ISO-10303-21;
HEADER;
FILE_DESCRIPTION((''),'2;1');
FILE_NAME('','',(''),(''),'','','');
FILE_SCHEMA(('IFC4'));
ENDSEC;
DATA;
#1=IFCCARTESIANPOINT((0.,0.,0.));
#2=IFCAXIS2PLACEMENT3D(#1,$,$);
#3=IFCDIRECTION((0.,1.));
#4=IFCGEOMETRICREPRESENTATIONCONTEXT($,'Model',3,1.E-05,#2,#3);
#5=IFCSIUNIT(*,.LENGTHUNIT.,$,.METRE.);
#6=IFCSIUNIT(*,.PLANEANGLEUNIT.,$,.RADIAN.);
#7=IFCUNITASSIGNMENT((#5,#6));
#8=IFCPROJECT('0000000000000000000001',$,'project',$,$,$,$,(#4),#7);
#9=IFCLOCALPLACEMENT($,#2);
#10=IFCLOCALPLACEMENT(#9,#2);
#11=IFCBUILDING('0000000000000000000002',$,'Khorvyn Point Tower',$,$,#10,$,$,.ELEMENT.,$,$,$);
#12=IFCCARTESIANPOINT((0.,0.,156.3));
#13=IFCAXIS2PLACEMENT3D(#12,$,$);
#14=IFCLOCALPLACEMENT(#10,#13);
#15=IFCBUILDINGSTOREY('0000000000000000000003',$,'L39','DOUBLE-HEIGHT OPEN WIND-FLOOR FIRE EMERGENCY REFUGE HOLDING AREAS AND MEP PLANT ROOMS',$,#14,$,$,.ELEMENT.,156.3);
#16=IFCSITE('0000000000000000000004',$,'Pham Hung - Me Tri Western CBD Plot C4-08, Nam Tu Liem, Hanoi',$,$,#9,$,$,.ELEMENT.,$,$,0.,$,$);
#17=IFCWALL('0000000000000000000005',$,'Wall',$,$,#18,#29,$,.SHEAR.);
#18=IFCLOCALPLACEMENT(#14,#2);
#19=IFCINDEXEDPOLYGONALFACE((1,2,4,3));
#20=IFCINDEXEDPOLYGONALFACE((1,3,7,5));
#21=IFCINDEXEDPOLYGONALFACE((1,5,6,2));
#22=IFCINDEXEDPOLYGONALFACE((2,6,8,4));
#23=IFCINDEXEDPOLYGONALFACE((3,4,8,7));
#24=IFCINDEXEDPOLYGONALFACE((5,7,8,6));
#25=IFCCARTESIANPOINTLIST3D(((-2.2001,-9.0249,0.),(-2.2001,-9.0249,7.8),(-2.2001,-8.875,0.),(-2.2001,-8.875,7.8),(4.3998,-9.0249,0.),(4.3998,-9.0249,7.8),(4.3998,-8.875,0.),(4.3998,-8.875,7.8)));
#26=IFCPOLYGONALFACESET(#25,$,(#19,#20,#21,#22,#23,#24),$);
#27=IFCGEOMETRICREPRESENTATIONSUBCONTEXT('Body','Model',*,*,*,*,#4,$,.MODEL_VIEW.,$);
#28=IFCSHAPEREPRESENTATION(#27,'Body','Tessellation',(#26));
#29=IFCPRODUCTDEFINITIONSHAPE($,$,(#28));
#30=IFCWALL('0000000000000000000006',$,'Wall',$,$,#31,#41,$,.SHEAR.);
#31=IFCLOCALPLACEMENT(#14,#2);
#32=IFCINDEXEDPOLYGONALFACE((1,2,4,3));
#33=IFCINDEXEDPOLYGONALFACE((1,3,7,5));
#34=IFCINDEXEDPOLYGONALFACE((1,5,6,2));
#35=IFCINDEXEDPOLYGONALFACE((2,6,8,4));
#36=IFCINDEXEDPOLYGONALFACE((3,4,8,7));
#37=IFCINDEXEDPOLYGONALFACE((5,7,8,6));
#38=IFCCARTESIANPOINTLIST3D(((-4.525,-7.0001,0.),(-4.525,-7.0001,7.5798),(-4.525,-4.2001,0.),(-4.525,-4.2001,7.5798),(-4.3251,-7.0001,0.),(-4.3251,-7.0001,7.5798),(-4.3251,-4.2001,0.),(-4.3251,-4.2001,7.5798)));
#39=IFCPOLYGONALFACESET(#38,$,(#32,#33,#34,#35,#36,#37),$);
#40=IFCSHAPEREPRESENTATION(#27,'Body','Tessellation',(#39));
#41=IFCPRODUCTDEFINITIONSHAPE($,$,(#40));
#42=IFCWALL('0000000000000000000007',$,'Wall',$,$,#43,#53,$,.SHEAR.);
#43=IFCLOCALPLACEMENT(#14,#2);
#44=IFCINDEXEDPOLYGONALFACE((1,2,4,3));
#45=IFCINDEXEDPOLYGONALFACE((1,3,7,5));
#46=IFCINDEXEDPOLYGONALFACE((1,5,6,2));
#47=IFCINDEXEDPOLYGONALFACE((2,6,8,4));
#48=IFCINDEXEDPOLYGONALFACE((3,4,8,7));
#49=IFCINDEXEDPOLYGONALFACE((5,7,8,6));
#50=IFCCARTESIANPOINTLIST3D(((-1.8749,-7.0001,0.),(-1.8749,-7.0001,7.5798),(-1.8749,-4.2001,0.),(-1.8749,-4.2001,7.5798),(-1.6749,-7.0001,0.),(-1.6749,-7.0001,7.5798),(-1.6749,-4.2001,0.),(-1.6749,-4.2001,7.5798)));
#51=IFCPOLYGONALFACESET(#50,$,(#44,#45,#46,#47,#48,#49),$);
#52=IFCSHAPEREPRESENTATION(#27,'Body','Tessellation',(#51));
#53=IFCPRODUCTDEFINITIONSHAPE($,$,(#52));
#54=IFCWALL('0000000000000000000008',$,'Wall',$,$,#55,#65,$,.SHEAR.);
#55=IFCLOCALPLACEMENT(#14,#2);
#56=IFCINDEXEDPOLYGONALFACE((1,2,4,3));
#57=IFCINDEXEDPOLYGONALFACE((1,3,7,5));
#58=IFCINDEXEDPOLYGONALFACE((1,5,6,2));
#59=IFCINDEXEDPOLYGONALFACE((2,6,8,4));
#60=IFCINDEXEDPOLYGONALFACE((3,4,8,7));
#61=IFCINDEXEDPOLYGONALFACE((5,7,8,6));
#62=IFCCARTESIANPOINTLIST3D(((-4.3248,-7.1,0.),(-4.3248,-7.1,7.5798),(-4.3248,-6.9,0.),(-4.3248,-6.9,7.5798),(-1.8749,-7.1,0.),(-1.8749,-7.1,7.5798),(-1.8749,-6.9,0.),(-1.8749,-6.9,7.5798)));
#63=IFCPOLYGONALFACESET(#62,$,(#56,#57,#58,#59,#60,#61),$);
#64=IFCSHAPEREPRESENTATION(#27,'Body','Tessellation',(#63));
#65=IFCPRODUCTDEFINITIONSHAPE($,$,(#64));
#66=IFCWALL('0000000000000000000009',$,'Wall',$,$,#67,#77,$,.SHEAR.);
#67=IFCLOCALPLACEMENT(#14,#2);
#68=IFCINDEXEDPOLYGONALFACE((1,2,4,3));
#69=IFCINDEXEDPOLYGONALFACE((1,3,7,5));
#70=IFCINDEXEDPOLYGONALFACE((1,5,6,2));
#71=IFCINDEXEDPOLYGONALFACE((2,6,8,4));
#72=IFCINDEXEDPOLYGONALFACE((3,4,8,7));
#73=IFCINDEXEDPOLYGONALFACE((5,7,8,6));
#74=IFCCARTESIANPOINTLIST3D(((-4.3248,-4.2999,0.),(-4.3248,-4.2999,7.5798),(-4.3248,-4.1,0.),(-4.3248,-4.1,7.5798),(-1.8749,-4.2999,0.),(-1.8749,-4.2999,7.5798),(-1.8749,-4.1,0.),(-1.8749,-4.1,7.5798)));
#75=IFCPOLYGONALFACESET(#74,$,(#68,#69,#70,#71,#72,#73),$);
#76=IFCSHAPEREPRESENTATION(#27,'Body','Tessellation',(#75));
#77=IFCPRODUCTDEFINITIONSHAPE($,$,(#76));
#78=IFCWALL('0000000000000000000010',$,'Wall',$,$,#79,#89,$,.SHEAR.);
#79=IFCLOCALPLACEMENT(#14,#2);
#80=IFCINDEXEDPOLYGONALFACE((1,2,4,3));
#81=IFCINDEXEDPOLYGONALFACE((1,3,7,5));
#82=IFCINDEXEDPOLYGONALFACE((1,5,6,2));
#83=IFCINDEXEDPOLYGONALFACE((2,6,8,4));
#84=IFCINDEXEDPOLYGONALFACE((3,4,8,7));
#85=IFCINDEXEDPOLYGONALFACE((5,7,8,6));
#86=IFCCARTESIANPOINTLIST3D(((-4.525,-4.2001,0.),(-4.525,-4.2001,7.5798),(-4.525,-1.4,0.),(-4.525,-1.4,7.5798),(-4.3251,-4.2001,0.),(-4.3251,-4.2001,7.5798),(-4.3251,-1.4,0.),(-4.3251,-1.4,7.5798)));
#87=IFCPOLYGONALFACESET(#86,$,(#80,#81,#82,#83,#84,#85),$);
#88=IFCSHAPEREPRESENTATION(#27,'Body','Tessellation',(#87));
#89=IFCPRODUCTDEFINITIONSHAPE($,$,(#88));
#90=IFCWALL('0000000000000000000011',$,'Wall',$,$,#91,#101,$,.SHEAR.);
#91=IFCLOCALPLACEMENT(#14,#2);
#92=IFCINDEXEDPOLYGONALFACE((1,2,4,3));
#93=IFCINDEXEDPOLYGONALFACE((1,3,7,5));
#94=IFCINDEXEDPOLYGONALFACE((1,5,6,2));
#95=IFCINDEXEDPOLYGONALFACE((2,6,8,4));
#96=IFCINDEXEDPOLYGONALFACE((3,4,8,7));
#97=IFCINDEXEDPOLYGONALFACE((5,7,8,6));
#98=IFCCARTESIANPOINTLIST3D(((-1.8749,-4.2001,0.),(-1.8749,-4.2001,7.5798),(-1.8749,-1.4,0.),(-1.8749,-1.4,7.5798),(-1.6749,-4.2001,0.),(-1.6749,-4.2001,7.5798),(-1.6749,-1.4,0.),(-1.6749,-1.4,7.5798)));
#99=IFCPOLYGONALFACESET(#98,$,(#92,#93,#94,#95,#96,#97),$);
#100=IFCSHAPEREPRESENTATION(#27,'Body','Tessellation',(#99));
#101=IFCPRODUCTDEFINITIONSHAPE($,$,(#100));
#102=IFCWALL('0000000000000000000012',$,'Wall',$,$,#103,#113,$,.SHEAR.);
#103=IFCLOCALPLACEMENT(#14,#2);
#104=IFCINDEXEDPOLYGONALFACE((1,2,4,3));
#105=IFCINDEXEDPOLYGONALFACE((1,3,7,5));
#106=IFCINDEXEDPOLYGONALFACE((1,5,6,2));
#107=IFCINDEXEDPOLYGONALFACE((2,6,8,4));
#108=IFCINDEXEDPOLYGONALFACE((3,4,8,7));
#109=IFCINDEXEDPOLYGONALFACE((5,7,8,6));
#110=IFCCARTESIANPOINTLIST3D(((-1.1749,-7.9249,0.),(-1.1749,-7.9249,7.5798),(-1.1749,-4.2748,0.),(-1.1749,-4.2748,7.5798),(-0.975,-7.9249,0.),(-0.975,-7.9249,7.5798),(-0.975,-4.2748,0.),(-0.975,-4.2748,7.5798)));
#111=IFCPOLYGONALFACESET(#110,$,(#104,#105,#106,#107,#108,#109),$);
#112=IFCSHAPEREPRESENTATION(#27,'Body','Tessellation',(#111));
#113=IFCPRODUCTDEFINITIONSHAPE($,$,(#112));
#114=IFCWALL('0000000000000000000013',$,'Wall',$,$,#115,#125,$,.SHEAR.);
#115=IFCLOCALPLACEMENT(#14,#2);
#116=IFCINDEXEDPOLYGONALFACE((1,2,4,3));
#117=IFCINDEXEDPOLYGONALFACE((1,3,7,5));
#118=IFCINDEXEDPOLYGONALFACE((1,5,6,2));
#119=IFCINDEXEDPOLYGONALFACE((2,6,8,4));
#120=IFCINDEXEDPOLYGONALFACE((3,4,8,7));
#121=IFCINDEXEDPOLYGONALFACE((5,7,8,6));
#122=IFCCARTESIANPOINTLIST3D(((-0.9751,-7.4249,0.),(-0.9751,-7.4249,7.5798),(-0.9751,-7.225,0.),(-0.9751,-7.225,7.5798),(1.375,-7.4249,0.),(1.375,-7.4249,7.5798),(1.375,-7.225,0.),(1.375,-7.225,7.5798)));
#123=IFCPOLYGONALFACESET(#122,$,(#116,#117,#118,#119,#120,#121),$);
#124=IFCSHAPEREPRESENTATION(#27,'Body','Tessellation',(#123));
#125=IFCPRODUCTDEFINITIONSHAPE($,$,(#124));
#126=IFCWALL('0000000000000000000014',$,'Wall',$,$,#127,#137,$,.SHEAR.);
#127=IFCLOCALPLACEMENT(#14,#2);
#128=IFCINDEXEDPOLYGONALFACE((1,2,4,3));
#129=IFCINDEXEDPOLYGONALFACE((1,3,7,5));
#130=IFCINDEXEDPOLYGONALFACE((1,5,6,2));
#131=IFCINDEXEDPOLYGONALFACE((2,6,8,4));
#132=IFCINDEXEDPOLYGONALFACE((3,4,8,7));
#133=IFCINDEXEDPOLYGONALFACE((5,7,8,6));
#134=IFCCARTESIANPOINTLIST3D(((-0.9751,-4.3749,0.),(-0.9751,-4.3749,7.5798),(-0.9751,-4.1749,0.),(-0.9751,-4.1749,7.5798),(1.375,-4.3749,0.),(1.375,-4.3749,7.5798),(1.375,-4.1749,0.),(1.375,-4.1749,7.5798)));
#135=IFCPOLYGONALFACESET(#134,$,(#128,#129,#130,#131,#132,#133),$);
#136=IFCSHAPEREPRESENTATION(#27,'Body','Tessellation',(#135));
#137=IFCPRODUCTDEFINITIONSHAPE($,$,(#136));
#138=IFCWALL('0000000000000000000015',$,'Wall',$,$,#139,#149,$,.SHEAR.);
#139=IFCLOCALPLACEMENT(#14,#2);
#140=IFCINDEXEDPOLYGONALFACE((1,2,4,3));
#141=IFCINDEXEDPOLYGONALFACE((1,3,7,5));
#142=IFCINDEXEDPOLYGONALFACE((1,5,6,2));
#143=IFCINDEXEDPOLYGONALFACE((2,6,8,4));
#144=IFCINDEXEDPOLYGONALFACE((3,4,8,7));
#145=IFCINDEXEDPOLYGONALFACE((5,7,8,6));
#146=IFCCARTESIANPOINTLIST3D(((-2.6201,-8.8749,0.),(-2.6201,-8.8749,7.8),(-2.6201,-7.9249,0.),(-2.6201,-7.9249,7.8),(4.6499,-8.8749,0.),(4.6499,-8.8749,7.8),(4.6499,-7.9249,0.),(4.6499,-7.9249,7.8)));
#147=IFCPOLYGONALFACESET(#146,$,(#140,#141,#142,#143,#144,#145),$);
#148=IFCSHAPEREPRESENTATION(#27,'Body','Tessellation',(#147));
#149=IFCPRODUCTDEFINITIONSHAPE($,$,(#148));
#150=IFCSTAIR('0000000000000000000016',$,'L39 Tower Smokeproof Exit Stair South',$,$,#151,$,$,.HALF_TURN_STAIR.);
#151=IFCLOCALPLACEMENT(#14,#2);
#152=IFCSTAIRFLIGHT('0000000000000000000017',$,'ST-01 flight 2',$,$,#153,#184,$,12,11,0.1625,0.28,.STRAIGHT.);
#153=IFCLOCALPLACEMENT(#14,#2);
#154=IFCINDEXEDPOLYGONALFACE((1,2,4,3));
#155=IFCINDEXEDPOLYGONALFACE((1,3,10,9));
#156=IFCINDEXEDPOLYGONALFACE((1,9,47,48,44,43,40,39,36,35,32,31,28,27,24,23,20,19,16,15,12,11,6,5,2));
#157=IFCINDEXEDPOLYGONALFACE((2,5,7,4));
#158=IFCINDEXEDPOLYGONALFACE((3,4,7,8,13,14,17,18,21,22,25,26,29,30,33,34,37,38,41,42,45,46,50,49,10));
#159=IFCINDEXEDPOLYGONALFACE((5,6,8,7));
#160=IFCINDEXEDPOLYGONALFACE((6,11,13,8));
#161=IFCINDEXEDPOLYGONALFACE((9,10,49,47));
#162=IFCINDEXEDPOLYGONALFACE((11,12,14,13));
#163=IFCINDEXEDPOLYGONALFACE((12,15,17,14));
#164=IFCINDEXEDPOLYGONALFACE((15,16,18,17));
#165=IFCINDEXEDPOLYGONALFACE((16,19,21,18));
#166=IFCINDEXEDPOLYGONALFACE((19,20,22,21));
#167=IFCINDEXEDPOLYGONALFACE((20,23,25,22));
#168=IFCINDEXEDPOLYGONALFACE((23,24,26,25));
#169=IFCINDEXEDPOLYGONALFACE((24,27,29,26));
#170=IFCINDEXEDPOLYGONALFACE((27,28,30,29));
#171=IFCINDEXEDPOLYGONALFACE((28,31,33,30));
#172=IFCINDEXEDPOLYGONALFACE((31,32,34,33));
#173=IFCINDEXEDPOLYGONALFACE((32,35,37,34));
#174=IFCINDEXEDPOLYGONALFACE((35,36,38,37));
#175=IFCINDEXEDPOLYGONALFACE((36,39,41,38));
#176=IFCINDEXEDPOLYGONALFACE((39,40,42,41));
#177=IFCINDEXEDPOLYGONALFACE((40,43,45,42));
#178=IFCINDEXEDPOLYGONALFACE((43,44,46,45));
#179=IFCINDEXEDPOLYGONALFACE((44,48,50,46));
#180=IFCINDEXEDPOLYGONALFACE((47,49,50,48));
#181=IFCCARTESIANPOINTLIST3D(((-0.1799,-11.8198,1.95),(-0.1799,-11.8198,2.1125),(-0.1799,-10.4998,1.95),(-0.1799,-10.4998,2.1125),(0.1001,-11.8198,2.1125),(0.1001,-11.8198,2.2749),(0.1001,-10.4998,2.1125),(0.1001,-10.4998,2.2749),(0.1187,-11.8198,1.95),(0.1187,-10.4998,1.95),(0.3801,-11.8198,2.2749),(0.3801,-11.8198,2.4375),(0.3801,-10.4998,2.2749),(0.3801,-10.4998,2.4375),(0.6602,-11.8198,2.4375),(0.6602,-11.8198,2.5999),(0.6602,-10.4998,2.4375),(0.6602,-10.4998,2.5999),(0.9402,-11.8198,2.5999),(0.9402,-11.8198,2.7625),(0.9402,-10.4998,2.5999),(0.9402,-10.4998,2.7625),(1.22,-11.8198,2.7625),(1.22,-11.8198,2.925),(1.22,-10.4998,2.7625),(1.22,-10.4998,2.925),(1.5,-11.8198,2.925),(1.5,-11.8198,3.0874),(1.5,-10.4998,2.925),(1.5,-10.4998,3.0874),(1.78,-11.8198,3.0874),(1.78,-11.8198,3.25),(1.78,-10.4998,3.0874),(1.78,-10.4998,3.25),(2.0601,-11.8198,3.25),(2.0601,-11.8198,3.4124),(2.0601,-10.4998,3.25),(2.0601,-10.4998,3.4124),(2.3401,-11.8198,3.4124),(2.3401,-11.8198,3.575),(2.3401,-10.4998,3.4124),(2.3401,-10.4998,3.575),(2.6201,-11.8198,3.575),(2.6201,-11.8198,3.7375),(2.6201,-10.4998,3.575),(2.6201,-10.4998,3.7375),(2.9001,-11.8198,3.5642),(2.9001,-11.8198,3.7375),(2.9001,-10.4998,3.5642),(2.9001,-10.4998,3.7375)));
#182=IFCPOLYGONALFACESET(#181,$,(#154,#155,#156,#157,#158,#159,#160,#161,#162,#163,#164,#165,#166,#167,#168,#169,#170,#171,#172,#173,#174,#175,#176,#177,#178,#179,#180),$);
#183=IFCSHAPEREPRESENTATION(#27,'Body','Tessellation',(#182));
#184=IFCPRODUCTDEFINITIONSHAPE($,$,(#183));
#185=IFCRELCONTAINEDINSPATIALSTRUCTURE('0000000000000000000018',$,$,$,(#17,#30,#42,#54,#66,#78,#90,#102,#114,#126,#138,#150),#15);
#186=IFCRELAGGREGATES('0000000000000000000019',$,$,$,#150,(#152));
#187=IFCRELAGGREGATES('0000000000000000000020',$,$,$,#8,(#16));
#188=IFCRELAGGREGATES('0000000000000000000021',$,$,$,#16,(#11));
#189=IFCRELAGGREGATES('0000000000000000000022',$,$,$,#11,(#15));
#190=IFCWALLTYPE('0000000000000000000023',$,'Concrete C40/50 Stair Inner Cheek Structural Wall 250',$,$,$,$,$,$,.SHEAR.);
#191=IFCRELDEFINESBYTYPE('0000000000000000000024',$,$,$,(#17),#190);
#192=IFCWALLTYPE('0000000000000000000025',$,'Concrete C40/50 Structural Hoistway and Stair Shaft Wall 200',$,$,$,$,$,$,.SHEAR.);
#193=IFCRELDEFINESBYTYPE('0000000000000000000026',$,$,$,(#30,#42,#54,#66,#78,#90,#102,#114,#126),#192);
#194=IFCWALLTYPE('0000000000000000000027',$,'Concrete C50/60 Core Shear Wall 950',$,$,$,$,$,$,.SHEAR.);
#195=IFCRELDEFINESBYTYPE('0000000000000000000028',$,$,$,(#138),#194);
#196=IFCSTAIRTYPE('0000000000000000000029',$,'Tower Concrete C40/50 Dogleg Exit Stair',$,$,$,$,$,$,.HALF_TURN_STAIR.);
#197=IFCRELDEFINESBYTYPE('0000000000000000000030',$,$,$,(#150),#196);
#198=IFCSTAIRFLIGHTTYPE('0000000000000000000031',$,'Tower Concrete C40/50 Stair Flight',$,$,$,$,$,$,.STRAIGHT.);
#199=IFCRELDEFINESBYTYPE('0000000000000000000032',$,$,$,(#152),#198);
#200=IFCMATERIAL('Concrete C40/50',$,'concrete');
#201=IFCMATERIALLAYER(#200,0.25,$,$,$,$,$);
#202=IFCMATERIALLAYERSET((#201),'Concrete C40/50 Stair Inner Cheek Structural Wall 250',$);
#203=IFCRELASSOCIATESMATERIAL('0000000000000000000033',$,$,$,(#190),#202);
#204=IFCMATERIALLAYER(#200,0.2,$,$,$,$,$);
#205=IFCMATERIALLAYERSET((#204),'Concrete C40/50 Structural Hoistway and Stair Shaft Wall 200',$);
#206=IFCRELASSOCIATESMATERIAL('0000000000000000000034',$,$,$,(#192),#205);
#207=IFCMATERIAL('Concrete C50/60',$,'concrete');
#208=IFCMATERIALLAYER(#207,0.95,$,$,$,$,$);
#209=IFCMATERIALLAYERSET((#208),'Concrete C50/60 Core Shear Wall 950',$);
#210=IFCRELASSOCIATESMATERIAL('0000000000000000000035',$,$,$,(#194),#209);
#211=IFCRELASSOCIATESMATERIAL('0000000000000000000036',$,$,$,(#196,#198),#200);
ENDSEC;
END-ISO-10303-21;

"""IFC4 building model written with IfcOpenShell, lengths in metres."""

from ifc_helpers import new_model, si_unit, direction, frame, frame_2d, origin, place, context, subcontext, project, spatial, polyline, rectangle, outline, extrude, material, layer, layer_set, type_object, element, aggregate, save


model = new_model("IFC4")

# Units and contexts
model_context = context("Model", 3, precision=1e-05, world=origin(), true_north=direction((0.0, 1.0)))
body_context = subcontext(model_context, "Body", "Model", "MODEL_VIEW")
ifc_project = project(units=[si_unit("LENGTHUNIT", "METRE"), si_unit("PLANEANGLEUNIT", "RADIAN")], contexts=[model_context])

# Site, building, storey
site_placement = place(None, origin())
site = spatial("IfcSite", under=ifc_project, at=site_placement, Name="Pham Hung - Me Tri Western CBD Plot C4-08, Nam Tu Liem, Hanoi", CompositionType="ELEMENT", RefElevation=0.0)
building_placement = place(site_placement, origin())
building = spatial("IfcBuilding", under=site, at=building_placement, Name="Khorvyn Point Tower", CompositionType="ELEMENT")
storey_placement = place(building_placement, frame((0.0, 0.0, 156.3)))
storey = spatial("IfcBuildingStorey", under=building, at=storey_placement, Name="L39", Description="DOUBLE-HEIGHT OPEN WIND-FLOOR FIRE EMERGENCY REFUGE HOLDING AREAS AND MEP PLANT ROOMS", CompositionType="ELEMENT", Elevation=156.3)

# Shared definitions
ifc_material_1 = material(Name="Concrete C40/50", Category="concrete")

# Shared definitions
ifc_material_2 = material(Name="Concrete C50/60", Category="concrete")

# Walls
ifc_layer_1 = layer(ifc_material_1, 0.25)
ifc_layer_set_1 = layer_set([ifc_layer_1], Name="Concrete C40/50 Stair Inner Cheek Structural Wall 250")
wall_type_1 = type_object("IfcWallType", Name="Concrete C40/50 Stair Inner Cheek Structural Wall 250", PredefinedType="SHEAR", material=ifc_layer_set_1)
wall_1_placement = place(storey_placement, frame((-2.2, -8.95, 0.0), z_axis=(0.0, 0.0, 1.0), x_axis=(1.0, 0.0, 0.0)))
element("IfcWall", 1, at=wall_1_placement, inside=storey, type_object=wall_type_1, Name="Wall", PredefinedType="SHEAR", context=body_context, shape_type="SweptSolid", body=[
    extrude(rectangle(XDim=6.5999, YDim=0.1499, at=frame_2d((3.2998, 0.0))), origin(), (0.0, 0.0, 1.0), 7.8),
])
ifc_layer_2 = layer(ifc_material_1, 0.2)
ifc_layer_set_2 = layer_set([ifc_layer_2], Name="Concrete C40/50 Structural Hoistway and Stair Shaft Wall 200")
wall_type_2 = type_object("IfcWallType", Name="Concrete C40/50 Structural Hoistway and Stair Shaft Wall 200", PredefinedType="SHEAR", material=ifc_layer_set_2)
for number, where, z_axis, x_axis, name in (
    (2, (-4.425, -7.0, 0.0), (0.0, 0.0, 1.0), (0.0, 1.0, 0.0), "Wall"),
    (3, (-1.7749, -7.0, 0.0), (0.0, 0.0, 1.0), (0.0, 1.0, 0.0), "Wall"),
):
    element("IfcWall", number, at=place(storey_placement, frame(where, z_axis=z_axis, x_axis=x_axis)), inside=storey, type_object=wall_type_2, Name=name, PredefinedType="SHEAR", context=body_context, shape_type="SweptSolid", body=[
        extrude(rectangle(XDim=2.8, YDim=0.2, at=frame_2d((1.3999, 0.0))), origin(), (0.0, 0.0, 1.0), 7.5798),
    ])
for number, where, z_axis, x_axis, name in (
    (4, (-4.325, -7.0, 0.0), (0.0, 0.0, 1.0), (1.0, 0.0, 0.0), "Wall"),
    (5, (-4.325, -4.2, 0.0), (0.0, 0.0, 1.0), (1.0, 0.0, 0.0), "Wall"),
):
    element("IfcWall", number, at=place(storey_placement, frame(where, z_axis=z_axis, x_axis=x_axis)), inside=storey, type_object=wall_type_2, Name=name, PredefinedType="SHEAR", context=body_context, shape_type="SweptSolid", body=[
        extrude(rectangle(XDim=2.45, YDim=0.2, at=frame_2d((1.2251, 0.0))), origin(), (0.0, 0.0, 1.0), 7.5798),
    ])
for number, where, z_axis, x_axis, name in (
    (6, (-4.425, -4.2, 0.0), (0.0, 0.0, 1.0), (0.0, 1.0, 0.0), "Wall"),
    (7, (-1.7749, -4.2, 0.0), (0.0, 0.0, 1.0), (0.0, 1.0, 0.0), "Wall"),
):
    element("IfcWall", number, at=place(storey_placement, frame(where, z_axis=z_axis, x_axis=x_axis)), inside=storey, type_object=wall_type_2, Name=name, PredefinedType="SHEAR", context=body_context, shape_type="SweptSolid", body=[
        extrude(rectangle(XDim=2.8, YDim=0.2, at=frame_2d((1.3999, 0.0))), origin(), (0.0, 0.0, 1.0), 7.5798),
    ])
wall_2_placement = place(storey_placement, frame((-1.075, -7.925, 0.0), z_axis=(0.0, 0.0, 1.0), x_axis=(0.0, 1.0, 0.0)))
element("IfcWall", 8, at=wall_2_placement, inside=storey, type_object=wall_type_2, Name="Wall", PredefinedType="SHEAR", context=body_context, shape_type="SweptSolid", body=[
    extrude(rectangle(XDim=3.6501, YDim=0.2, at=frame_2d((1.8252, 0.0))), origin(), (0.0, 0.0, 1.0), 7.5798),
])
for number, where, z_axis, x_axis, name in (
    (9, (-0.9751, -7.325, 0.0), (0.0, 0.0, 1.0), (1.0, 0.0, 0.0), "Wall"),
    (10, (-0.9751, -4.2749, 0.0), (0.0, 0.0, 1.0), (1.0, 0.0, 0.0), "Wall"),
):
    element("IfcWall", number, at=place(storey_placement, frame(where, z_axis=z_axis, x_axis=x_axis)), inside=storey, type_object=wall_type_2, Name=name, PredefinedType="SHEAR", context=body_context, shape_type="SweptSolid", body=[
        extrude(rectangle(XDim=2.3501, YDim=0.2, at=frame_2d((1.175, 0.0))), origin(), (0.0, 0.0, 1.0), 7.5798),
    ])
ifc_layer_3 = layer(ifc_material_2, 0.95)
ifc_layer_set_3 = layer_set([ifc_layer_3], Name="Concrete C50/60 Core Shear Wall 950")
wall_type_3 = type_object("IfcWallType", Name="Concrete C50/60 Core Shear Wall 950", PredefinedType="SHEAR", material=ifc_layer_set_3)
wall_3_placement = place(storey_placement, frame((-2.6201, -8.3999, 0.0), z_axis=(0.0, 0.0, 1.0), x_axis=(1.0, 0.0, 0.0)))
element("IfcWall", 11, at=wall_3_placement, inside=storey, type_object=wall_type_3, Name="Wall", PredefinedType="SHEAR", context=body_context, shape_type="SweptSolid", body=[
    extrude(rectangle(XDim=7.27, YDim=0.95, at=frame_2d((3.635, 0.0))), origin(), (0.0, 0.0, 1.0), 7.8),
])

# Stair, stair flight
stair_type = type_object("IfcStairType", Name="Tower Concrete C40/50 Dogleg Exit Stair", PredefinedType="HALF_TURN_STAIR", material=ifc_material_1)
stair_placement = place(storey_placement, origin())
stair = element("IfcStair", 12, at=stair_placement, inside=storey, type_object=stair_type, Name="L39 Tower Smokeproof Exit Stair South", PredefinedType="HALF_TURN_STAIR")
stair_flight_type = type_object("IfcStairFlightType", Name="Tower Concrete C40/50 Stair Flight", PredefinedType="STRAIGHT", material=ifc_material_1)
stair_flight_placement = place(storey_placement, frame((-0.1799, -11.1599, 1.95), z_axis=(0.0, 0.0, 1.0), x_axis=(1.0, 0.0, 0.0)))
stair_flight = element("IfcStairFlight", 13, at=stair_flight_placement, type_object=stair_flight_type, Name="ST-01 flight 2", NumberOfRisers=12, NumberOfTreads=11, PredefinedType="STRAIGHT", RiserHeight=0.1625, TreadLength=0.28, context=body_context, shape_type="SweptSolid", body=[
    extrude(outline(polyline([(0.0, 0.0), (0.0, 0.1626), (0.28, 0.1626), (0.28, 0.325), (0.5601, 0.325), (0.5601, 0.4875), (0.8401, 0.4875), (0.8401, 0.6499), (1.1201, 0.6499), (1.1201, 0.8125), (1.3999, 0.8125), (1.3999, 0.9751), (1.6799, 0.9751), (1.6799, 1.1375), (1.96, 1.1375), (1.96, 1.3), (2.24, 1.3), (2.24, 1.4624), (2.52, 1.4624), (2.52, 1.625), (2.8, 1.625), (2.8, 1.7876), (3.0801, 1.7876), (3.0801, 1.95), (3.0801, 1.6143), (0.2986, 0.0), (0.0, 0.0)])), frame((0.0, 0.6602, 0.0), z_axis=(0.0, -1.0, 0.0), x_axis=(1.0, 0.0, 0.0)), (0.0, 0.0, 1.0), 1.3201),
])
aggregate(stair, [stair_flight])

save(model, "model.ifc")
